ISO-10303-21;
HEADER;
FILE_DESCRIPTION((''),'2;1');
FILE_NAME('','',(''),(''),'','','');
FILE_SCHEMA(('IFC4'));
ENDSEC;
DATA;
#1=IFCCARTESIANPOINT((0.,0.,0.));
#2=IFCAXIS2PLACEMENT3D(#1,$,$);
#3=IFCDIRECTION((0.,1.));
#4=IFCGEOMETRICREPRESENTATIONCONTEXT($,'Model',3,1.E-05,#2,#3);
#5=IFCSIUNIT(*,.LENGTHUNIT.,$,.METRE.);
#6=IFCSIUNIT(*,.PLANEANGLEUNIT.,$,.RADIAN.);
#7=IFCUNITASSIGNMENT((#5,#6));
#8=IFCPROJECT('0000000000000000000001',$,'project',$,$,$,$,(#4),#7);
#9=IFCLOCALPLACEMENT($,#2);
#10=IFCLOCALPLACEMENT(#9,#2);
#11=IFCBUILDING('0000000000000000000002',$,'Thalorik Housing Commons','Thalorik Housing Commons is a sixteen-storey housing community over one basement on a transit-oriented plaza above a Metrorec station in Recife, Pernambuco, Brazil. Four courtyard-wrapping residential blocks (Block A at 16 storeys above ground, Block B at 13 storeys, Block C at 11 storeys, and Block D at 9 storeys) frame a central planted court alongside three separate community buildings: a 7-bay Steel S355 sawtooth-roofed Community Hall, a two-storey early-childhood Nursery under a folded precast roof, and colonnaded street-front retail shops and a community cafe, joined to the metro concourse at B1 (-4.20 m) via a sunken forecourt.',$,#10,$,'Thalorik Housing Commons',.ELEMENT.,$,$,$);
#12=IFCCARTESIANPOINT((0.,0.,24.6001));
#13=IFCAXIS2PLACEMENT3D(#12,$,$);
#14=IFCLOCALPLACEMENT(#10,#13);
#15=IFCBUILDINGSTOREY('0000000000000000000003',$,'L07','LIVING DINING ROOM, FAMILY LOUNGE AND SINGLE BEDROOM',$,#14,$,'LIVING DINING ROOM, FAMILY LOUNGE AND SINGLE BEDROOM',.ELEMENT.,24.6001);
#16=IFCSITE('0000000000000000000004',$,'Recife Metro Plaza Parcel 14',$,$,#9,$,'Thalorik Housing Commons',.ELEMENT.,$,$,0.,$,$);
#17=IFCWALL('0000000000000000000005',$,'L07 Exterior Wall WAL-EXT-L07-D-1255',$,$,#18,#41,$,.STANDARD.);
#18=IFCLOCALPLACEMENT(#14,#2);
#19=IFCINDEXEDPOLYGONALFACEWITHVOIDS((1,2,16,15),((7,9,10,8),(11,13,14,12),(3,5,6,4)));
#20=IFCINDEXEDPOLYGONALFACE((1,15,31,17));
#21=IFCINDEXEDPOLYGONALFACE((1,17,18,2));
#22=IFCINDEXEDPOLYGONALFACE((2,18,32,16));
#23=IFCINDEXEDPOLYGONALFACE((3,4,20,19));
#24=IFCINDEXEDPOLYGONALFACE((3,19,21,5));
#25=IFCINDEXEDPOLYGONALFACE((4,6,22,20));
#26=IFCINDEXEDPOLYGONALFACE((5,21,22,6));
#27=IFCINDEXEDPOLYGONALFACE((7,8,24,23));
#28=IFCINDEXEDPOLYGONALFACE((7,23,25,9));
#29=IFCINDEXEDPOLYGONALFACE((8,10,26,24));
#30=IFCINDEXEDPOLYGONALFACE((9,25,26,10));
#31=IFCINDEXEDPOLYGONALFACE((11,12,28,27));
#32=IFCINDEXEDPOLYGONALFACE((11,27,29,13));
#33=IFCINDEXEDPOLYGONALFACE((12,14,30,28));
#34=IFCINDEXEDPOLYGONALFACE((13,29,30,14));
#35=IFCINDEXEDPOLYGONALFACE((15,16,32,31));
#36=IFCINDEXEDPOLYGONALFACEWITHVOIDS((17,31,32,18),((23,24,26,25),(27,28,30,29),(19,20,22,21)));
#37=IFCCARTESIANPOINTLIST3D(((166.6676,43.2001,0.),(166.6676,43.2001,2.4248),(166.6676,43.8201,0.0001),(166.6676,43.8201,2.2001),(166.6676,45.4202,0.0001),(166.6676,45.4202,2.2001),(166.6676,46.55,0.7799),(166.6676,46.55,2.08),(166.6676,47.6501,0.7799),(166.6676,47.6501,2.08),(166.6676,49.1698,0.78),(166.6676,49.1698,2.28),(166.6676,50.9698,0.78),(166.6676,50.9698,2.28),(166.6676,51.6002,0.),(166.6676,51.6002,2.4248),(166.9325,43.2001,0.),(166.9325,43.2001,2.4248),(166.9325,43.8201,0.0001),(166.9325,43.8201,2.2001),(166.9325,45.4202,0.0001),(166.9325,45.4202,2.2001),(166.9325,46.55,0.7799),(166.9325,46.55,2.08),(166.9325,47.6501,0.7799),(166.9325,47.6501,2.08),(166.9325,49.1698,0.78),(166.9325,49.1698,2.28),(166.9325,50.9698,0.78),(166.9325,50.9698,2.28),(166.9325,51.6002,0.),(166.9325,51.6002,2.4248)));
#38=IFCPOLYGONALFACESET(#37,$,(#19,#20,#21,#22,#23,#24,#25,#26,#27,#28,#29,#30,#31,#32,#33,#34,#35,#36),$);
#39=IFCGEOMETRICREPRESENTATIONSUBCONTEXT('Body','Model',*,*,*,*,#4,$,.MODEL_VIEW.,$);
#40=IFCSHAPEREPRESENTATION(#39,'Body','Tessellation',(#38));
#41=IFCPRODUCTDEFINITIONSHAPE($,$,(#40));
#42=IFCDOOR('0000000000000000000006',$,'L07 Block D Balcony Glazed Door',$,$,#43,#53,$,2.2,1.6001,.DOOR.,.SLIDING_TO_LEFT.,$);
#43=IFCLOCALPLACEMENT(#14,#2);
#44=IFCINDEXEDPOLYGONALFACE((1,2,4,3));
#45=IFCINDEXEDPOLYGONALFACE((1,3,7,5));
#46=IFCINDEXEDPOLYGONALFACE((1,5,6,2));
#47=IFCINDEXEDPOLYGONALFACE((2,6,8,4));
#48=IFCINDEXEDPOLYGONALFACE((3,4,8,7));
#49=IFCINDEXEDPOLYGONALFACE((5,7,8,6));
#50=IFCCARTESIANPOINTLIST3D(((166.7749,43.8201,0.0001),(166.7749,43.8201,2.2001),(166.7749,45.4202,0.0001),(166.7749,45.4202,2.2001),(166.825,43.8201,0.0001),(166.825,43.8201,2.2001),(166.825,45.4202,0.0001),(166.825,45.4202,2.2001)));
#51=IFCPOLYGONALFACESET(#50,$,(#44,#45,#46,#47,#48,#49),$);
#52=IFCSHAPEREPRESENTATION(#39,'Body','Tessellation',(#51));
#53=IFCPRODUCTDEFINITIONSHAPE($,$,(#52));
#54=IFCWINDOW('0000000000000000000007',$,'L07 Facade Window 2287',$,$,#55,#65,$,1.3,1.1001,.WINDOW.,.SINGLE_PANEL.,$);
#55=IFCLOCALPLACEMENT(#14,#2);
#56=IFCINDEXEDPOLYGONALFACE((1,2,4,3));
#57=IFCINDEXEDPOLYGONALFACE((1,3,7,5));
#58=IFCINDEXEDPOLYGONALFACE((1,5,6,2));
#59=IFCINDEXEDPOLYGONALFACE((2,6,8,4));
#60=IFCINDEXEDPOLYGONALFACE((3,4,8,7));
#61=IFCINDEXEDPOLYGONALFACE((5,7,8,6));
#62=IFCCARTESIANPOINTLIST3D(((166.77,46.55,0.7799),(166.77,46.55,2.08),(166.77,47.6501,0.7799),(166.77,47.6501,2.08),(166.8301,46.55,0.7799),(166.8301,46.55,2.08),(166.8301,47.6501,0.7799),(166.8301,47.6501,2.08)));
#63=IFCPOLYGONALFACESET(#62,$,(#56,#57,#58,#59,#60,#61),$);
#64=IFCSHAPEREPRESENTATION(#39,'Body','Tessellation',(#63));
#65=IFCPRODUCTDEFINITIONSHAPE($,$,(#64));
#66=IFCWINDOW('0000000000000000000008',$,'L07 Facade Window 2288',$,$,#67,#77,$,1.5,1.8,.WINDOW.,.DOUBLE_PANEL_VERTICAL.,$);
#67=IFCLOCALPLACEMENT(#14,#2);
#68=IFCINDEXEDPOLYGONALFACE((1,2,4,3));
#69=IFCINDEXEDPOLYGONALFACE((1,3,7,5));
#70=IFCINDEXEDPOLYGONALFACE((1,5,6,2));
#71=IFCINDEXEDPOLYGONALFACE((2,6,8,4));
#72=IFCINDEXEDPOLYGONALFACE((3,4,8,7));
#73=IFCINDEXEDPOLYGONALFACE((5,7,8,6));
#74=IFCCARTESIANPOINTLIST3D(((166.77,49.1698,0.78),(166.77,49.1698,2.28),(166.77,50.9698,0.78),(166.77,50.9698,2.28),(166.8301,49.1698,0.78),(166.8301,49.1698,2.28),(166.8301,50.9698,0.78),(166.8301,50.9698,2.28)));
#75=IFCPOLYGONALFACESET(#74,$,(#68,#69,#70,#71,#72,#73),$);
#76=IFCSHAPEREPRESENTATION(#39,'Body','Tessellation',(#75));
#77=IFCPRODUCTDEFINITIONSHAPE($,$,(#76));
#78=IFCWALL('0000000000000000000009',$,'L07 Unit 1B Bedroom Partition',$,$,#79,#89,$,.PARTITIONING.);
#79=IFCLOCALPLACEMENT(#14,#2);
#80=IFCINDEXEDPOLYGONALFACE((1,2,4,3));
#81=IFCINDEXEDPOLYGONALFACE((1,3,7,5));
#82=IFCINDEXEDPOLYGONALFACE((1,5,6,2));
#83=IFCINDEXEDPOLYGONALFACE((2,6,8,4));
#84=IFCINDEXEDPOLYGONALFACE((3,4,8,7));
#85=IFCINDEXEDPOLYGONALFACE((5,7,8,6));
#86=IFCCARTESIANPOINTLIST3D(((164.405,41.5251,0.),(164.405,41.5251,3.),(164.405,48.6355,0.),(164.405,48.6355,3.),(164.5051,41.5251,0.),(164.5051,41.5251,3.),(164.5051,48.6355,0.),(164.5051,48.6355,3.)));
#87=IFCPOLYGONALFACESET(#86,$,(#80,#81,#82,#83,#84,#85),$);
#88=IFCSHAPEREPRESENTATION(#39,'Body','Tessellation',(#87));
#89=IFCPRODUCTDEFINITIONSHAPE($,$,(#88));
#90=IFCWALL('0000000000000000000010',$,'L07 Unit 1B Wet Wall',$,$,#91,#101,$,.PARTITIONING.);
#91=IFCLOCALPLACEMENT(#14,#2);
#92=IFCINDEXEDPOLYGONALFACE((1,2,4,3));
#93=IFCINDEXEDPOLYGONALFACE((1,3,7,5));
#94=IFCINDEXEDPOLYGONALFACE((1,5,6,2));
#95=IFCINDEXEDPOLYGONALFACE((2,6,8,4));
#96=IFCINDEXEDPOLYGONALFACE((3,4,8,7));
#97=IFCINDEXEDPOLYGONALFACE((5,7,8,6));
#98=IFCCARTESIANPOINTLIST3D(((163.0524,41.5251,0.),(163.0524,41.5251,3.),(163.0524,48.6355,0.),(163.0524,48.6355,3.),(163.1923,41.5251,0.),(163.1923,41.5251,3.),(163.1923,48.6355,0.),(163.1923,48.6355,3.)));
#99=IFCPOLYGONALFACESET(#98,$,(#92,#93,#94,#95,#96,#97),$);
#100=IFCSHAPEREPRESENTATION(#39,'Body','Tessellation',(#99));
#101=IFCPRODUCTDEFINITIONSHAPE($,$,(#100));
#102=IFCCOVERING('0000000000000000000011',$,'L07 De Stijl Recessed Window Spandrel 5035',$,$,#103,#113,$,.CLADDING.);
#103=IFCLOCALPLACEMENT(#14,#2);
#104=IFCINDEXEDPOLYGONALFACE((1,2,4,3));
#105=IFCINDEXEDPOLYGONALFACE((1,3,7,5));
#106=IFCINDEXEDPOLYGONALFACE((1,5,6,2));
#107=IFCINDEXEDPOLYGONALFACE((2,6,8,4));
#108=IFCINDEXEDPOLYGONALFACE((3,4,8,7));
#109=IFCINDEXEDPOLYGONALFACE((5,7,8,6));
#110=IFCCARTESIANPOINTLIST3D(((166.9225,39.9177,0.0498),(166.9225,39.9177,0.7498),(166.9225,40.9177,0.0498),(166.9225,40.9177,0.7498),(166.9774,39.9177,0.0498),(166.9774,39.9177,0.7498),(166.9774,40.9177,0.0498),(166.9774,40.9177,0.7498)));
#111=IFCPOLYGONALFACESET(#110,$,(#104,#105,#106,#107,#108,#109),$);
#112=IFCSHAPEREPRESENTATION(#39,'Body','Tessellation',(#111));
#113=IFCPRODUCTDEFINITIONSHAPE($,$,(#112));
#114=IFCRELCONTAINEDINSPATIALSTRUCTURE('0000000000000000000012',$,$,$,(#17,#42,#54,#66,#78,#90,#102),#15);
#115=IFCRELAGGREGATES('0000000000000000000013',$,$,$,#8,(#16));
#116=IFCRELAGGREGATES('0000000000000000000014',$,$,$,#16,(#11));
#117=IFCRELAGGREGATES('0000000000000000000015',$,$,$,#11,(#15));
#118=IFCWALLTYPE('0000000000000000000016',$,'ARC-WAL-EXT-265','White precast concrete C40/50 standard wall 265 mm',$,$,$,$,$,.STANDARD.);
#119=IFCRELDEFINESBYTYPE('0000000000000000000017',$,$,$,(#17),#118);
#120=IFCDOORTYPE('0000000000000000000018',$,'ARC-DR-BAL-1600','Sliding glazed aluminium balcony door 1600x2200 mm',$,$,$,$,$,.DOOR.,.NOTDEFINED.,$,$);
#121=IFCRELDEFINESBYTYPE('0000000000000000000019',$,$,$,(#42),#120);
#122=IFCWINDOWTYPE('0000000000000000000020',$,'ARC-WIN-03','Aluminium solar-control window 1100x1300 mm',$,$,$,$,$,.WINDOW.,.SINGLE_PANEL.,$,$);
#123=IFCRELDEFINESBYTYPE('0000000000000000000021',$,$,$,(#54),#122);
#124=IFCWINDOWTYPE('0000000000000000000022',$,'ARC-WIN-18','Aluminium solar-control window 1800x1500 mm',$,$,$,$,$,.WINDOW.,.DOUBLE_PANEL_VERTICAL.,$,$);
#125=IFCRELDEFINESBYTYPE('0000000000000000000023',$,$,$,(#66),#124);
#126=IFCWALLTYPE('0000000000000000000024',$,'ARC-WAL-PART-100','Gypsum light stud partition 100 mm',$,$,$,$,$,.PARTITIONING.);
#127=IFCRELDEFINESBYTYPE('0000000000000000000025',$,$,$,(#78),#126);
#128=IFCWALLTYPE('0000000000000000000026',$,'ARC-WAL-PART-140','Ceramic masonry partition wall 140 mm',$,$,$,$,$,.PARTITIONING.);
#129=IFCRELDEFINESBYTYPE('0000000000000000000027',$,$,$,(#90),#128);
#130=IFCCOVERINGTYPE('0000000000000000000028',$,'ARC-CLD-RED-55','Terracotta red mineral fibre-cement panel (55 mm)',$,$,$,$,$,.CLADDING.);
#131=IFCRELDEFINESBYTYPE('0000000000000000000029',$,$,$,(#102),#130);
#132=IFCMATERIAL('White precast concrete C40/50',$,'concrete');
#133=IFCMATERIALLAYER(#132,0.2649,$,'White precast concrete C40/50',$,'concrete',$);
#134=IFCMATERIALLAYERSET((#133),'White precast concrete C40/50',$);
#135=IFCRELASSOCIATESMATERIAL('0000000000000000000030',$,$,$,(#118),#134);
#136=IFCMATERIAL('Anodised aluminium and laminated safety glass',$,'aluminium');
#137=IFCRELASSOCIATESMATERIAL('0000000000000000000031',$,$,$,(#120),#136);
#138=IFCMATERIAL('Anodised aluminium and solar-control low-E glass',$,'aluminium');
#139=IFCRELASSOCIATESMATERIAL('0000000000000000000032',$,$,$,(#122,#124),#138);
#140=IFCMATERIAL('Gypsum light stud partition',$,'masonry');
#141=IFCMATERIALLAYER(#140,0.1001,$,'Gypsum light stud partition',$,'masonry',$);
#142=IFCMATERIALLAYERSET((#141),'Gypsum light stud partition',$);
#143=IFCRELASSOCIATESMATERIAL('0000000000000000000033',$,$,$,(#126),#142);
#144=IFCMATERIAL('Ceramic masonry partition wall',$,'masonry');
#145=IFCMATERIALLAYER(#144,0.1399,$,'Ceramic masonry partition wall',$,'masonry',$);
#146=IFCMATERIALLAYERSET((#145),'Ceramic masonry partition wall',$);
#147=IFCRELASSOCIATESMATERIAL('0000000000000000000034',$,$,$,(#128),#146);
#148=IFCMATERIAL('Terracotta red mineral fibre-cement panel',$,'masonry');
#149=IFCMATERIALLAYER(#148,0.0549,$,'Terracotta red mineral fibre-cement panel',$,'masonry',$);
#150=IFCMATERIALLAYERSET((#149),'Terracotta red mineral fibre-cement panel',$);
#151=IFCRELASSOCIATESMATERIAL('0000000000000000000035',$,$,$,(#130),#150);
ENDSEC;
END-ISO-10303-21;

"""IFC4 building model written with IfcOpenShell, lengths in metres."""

from ifc_helpers import new_model, si_unit, direction, frame, frame_2d, origin, origin_2d, place, context, subcontext, project, spatial, rectangle, extrude, material, layer, layer_set, type_object, element, fill, save


model = new_model("IFC4")

# Units and contexts
model_context = context("Model", 3, precision=1e-05, world=origin(), true_north=direction((0.0, 1.0)))
body_context = subcontext(model_context, "Body", "Model", "MODEL_VIEW")
ifc_project = project(units=[si_unit("LENGTHUNIT", "METRE"), si_unit("PLANEANGLEUNIT", "RADIAN")], contexts=[model_context])

# Site, building, storey
site_placement = place(None, origin())
site = spatial("IfcSite", under=ifc_project, at=site_placement, Name="Recife Metro Plaza Parcel 14", LongName="Thalorik Housing Commons", CompositionType="ELEMENT", RefElevation=0.0)
building_placement = place(site_placement, origin())
building = spatial("IfcBuilding", under=site, at=building_placement, Name="Thalorik Housing Commons", Description="Thalorik Housing Commons is a sixteen-storey housing community over one basement on a transit-oriented plaza above a Metrorec station in Recife, Pernambuco, Brazil. Four courtyard-wrapping residential blocks (Block A at 16 storeys above ground, Block B at 13 storeys, Block C at 11 storeys, and Block D at 9 storeys) frame a central planted court alongside three separate community buildings: a 7-bay Steel S355 sawtooth-roofed Community Hall, a two-storey early-childhood Nursery under a folded precast roof, and colonnaded street-front retail shops and a community cafe, joined to the metro concourse at B1 (-4.20 m) via a sunken forecourt.", LongName="Thalorik Housing Commons", CompositionType="ELEMENT")
storey_placement = place(building_placement, frame((0.0, 0.0, 24.6001)))
storey = spatial("IfcBuildingStorey", under=building, at=storey_placement, Name="L07", Description="LIVING DINING ROOM, FAMILY LOUNGE AND SINGLE BEDROOM", LongName="LIVING DINING ROOM, FAMILY LOUNGE AND SINGLE BEDROOM", CompositionType="ELEMENT", Elevation=24.6001)

# Wall, openings, door, windows
ifc_material_1 = material(Name="White precast concrete C40/50", Category="concrete")
ifc_layer_1 = layer(ifc_material_1, 0.2649, Name="White precast concrete C40/50", Category="concrete")
ifc_layer_set_1 = layer_set([ifc_layer_1], Name="White precast concrete C40/50")
wall_type_1 = type_object("IfcWallType", Name="ARC-WAL-EXT-265", Description="White precast concrete C40/50 standard wall 265 mm", PredefinedType="STANDARD", material=ifc_layer_set_1)
ifc_material_2 = material(Name="Anodised aluminium and laminated safety glass", Category="aluminium")
ifc_material_3 = material(Name="Anodised aluminium and solar-control low-E glass", Category="aluminium")
wall_1_placement = place(storey_placement, frame((166.8, 43.2, 0.0), z_axis=(0.0, 0.0, 1.0), x_axis=(0.0, 1.0, 0.0)))
wall_1 = element("IfcWall", 1, at=wall_1_placement, inside=storey, type_object=wall_type_1, Name="L07 Exterior Wall WAL-EXT-L07-D-1255", PredefinedType="STANDARD", context=body_context, shape_type="SweptSolid", body=[
    extrude(rectangle(XDim=8.4001, YDim=0.2649, at=frame_2d((4.2002, 0.0))), origin(), (0.0, 0.0, 1.0), 2.4248),
])
opening_1_placement = place(wall_1_placement, frame((0.6201, 0.0, 0.0)))
opening_1 = element("IfcOpeningElement", 2, at=opening_1_placement, cuts=wall_1, PredefinedType="OPENING", context=body_context, shape_type="SweptSolid", body=[
    extrude(rectangle(XDim=1.6001, YDim=2.2, at=frame_2d((0.8, 1.1001))), frame((0.0, 0.1426, 0.0), z_axis=(0.0, -1.0, 0.0), x_axis=(1.0, 0.0, 0.0)), (0.0, 0.0, 1.0), 0.2849),
])
opening_2_placement = place(wall_1_placement, frame((3.3501, 0.0, 0.78)))
opening_2 = element("IfcOpeningElement", 3, at=opening_2_placement, cuts=wall_1, PredefinedType="OPENING", context=body_context, shape_type="SweptSolid", body=[
    extrude(rectangle(XDim=1.1001, YDim=1.3, at=frame_2d((0.55, 0.6499))), frame((0.0, 0.1426, 0.0), z_axis=(0.0, -1.0, 0.0), x_axis=(1.0, 0.0, 0.0)), (0.0, 0.0, 1.0), 0.2849),
])
opening_3_placement = place(wall_1_placement, frame((5.97, 0.0, 0.78)))
opening_3 = element("IfcOpeningElement", 4, at=opening_3_placement, cuts=wall_1, PredefinedType="OPENING", context=body_context, shape_type="SweptSolid", body=[
    extrude(rectangle(XDim=1.8, YDim=1.5, at=frame_2d((0.8999, 0.75))), frame((0.0, 0.1426, 0.0), z_axis=(0.0, -1.0, 0.0), x_axis=(1.0, 0.0, 0.0)), (0.0, 0.0, 1.0), 0.2849),
])
door_type_1 = type_object("IfcDoorType", Name="ARC-DR-BAL-1600", Description="Sliding glazed aluminium balcony door 1600x2200 mm", OperationType="NOTDEFINED", PredefinedType="DOOR", material=ifc_material_2)
door_1_placement = place(opening_1_placement, frame((1.6001, 0.0, 0.0), z_axis=(0.0, 0.0, 1.0), x_axis=(-1.0, 0.0, 0.0)))
door_1 = element("IfcDoor", 5, at=door_1_placement, inside=storey, type_object=door_type_1, Name="L07 Block D Balcony Glazed Door", OperationType="SLIDING_TO_LEFT", OverallHeight=2.2, OverallWidth=1.6001, PredefinedType="DOOR", context=body_context, shape_type="SweptSolid", body=[
    extrude(rectangle(XDim=1.6001, YDim=2.2, at=frame_2d((0.8, 1.1001))), frame((0.0, 0.0249, 0.0), z_axis=(0.0, -1.0, 0.0), x_axis=(1.0, 0.0, 0.0)), (0.0, 0.0, 1.0), 0.05),
])
fill(opening_1, door_1)
window_type_1 = type_object("IfcWindowType", Name="ARC-WIN-03", Description="Aluminium solar-control window 1100x1300 mm", PartitioningType="SINGLE_PANEL", PredefinedType="WINDOW", material=ifc_material_3)
window_1_placement = place(opening_2_placement, origin())
window_1 = element("IfcWindow", 6, at=window_1_placement, inside=storey, type_object=window_type_1, Name="L07 Facade Window 2287", OverallHeight=1.3, OverallWidth=1.1001, PartitioningType="SINGLE_PANEL", PredefinedType="WINDOW", context=body_context, shape_type="SweptSolid", body=[
    extrude(rectangle(XDim=1.1001, YDim=1.3, at=frame_2d((0.55, 0.6499))), frame((0.0, 0.03, 0.0), z_axis=(0.0, -1.0, 0.0), x_axis=(1.0, 0.0, 0.0)), (0.0, 0.0, 1.0), 0.0601),
])
fill(opening_2, window_1)
window_type_2 = type_object("IfcWindowType", Name="ARC-WIN-18", Description="Aluminium solar-control window 1800x1500 mm", PartitioningType="DOUBLE_PANEL_VERTICAL", PredefinedType="WINDOW", material=ifc_material_3)
window_2_placement = place(opening_3_placement, origin())
window_2 = element("IfcWindow", 7, at=window_2_placement, inside=storey, type_object=window_type_2, Name="L07 Facade Window 2288", OverallHeight=1.5, OverallWidth=1.8, PartitioningType="DOUBLE_PANEL_VERTICAL", PredefinedType="WINDOW", context=body_context, shape_type="SweptSolid", body=[
    extrude(rectangle(XDim=1.8, YDim=1.5, at=frame_2d((0.8999, 0.75))), frame((0.0, 0.03, 0.0), z_axis=(0.0, -1.0, 0.0), x_axis=(1.0, 0.0, 0.0)), (0.0, 0.0, 1.0), 0.0601),
])
fill(opening_3, window_2)

# Walls
ifc_material_4 = material(Name="Gypsum light stud partition", Category="masonry")
ifc_layer_2 = layer(ifc_material_4, 0.1001, Name="Gypsum light stud partition", Category="masonry")
ifc_layer_set_2 = layer_set([ifc_layer_2], Name="Gypsum light stud partition")
wall_type_2 = type_object("IfcWallType", Name="ARC-WAL-PART-100", Description="Gypsum light stud partition 100 mm", PredefinedType="PARTITIONING", material=ifc_layer_set_2)
wall_2_placement = place(storey_placement, frame((164.4551, 41.5251, 0.0), z_axis=(0.0, 0.0, 1.0), x_axis=(0.0, 1.0, 0.0)))
element("IfcWall", 8, at=wall_2_placement, inside=storey, type_object=wall_type_2, Name="L07 Unit 1B Bedroom Partition", PredefinedType="PARTITIONING", context=body_context, shape_type="SweptSolid", body=[
    extrude(rectangle(XDim=7.1104, YDim=0.1001, at=frame_2d((3.5552, 0.0))), origin(), (0.0, 0.0, 1.0), 3.0),
])
ifc_material_5 = material(Name="Ceramic masonry partition wall", Category="masonry")
ifc_layer_3 = layer(ifc_material_5, 0.1399, Name="Ceramic masonry partition wall", Category="masonry")
ifc_layer_set_3 = layer_set([ifc_layer_3], Name="Ceramic masonry partition wall")
wall_type_3 = type_object("IfcWallType", Name="ARC-WAL-PART-140", Description="Ceramic masonry partition wall 140 mm", PredefinedType="PARTITIONING", material=ifc_layer_set_3)
wall_3_placement = place(storey_placement, frame((163.1223, 41.5251, 0.0), z_axis=(0.0, 0.0, 1.0), x_axis=(0.0, 1.0, 0.0)))
element("IfcWall", 9, at=wall_3_placement, inside=storey, type_object=wall_type_3, Name="L07 Unit 1B Wet Wall", PredefinedType="PARTITIONING", context=body_context, shape_type="SweptSolid", body=[
    extrude(rectangle(XDim=7.1104, YDim=0.1399, at=frame_2d((3.5552, 0.0))), origin(), (0.0, 0.0, 1.0), 3.0),
])

# Covering
ifc_material_6 = material(Name="Terracotta red mineral fibre-cement panel", Category="masonry")
ifc_layer_4 = layer(ifc_material_6, 0.0549, Name="Terracotta red mineral fibre-cement panel", Category="masonry")
ifc_layer_set_4 = layer_set([ifc_layer_4], Name="Terracotta red mineral fibre-cement panel")
covering_type_1 = type_object("IfcCoveringType", Name="ARC-CLD-RED-55", Description="Terracotta red mineral fibre-cement panel (55 mm)", PredefinedType="CLADDING", material=ifc_layer_set_4)
covering_1_placement = place(storey_placement, frame((166.95, 40.4177, 0.0498), z_axis=(0.0, 0.0, 1.0), x_axis=(0.0, 1.0, 0.0)))
element("IfcCovering", 10, at=covering_1_placement, inside=storey, type_object=covering_type_1, Name="L07 De Stijl Recessed Window Spandrel 5035", PredefinedType="CLADDING", context=body_context, shape_type="SweptSolid", body=[
    extrude(rectangle(XDim=1.0, YDim=0.0549, at=origin_2d()), origin(), (0.0, 0.0, 1.0), 0.7),
])

save(model, "model.ifc")
